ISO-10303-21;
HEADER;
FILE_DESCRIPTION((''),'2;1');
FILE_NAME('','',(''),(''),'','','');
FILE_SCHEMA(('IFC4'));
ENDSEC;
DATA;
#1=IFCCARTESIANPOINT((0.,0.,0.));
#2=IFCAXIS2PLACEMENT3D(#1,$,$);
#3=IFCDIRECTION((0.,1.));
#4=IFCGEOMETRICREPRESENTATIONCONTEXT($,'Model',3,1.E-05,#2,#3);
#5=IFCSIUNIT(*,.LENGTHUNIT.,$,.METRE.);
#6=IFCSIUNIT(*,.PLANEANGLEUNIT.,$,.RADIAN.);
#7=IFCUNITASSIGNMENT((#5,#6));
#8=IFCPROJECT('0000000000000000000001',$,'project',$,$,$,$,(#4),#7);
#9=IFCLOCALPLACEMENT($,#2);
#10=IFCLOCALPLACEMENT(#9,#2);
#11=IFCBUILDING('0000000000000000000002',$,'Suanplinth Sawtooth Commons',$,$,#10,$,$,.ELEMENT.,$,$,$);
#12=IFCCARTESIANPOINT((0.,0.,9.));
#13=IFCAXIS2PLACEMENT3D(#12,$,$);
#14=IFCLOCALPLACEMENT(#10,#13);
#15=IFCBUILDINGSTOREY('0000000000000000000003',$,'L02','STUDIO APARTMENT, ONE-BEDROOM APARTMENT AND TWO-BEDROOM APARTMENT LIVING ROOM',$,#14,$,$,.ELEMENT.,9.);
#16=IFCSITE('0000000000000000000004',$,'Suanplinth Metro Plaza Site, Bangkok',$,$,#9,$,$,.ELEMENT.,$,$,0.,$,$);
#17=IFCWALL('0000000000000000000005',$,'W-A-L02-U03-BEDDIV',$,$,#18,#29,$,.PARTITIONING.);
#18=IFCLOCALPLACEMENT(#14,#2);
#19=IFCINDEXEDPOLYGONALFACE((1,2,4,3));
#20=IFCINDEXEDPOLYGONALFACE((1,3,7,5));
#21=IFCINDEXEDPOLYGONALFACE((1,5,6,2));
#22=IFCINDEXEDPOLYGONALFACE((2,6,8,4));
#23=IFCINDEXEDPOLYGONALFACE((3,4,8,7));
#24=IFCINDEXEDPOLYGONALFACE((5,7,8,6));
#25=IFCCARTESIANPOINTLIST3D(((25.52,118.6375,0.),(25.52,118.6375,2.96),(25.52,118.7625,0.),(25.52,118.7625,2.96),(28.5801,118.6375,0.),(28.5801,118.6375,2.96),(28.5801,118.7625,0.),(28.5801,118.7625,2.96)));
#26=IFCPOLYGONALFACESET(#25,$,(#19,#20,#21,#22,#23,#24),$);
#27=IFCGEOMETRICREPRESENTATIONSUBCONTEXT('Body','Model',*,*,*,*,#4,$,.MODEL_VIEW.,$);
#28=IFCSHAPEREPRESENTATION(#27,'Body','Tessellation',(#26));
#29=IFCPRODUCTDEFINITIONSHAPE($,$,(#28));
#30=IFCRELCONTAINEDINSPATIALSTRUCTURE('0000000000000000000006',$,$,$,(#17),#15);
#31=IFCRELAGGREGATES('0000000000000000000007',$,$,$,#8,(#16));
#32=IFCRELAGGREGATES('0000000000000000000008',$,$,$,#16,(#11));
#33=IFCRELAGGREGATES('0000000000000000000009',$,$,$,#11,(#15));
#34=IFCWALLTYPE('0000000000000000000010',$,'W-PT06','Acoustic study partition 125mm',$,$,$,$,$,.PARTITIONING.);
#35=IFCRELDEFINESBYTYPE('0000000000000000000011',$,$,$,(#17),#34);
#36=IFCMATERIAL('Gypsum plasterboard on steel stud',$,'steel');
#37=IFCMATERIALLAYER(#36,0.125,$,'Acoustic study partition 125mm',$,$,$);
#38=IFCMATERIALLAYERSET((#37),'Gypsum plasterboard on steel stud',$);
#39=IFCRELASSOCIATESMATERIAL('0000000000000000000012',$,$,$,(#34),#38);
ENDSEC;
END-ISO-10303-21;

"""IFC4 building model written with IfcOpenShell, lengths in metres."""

from ifc_helpers import new_model, si_unit, direction, frame, frame_2d, origin, place, context, subcontext, project, spatial, rectangle, extrude, material, layer, layer_set, type_object, element, save


model = new_model("IFC4")

# Units and contexts
model_context = context("Model", 3, precision=1e-05, world=origin(), true_north=direction((0.0, 1.0)))
body_context = subcontext(model_context, "Body", "Model", "MODEL_VIEW")
ifc_project = project(units=[si_unit("LENGTHUNIT", "METRE"), si_unit("PLANEANGLEUNIT", "RADIAN")], contexts=[model_context])

# Site, building, storey
site_placement = place(None, origin())
site = spatial("IfcSite", under=ifc_project, at=site_placement, Name="Suanplinth Metro Plaza Site, Bangkok", CompositionType="ELEMENT", RefElevation=0.0)
building_placement = place(site_placement, origin())
building = spatial("IfcBuilding", under=site, at=building_placement, Name="Suanplinth Sawtooth Commons", CompositionType="ELEMENT")
storey_placement = place(building_placement, frame((0.0, 0.0, 9.0)))
storey = spatial("IfcBuildingStorey", under=building, at=storey_placement, Name="L02", Description="STUDIO APARTMENT, ONE-BEDROOM APARTMENT AND TWO-BEDROOM APARTMENT LIVING ROOM", CompositionType="ELEMENT", Elevation=9.0)

# Shared definitions
ifc_material_1 = material(Name="Gypsum plasterboard on steel stud", Category="steel")

# Wall
ifc_layer_1 = layer(ifc_material_1, 0.125, Name="Acoustic study partition 125mm")
ifc_layer_set_1 = layer_set([ifc_layer_1], Name="Gypsum plasterboard on steel stud")
wall_type_1 = type_object("IfcWallType", Name="W-PT06", Description="Acoustic study partition 125mm", PredefinedType="PARTITIONING", material=ifc_layer_set_1)
wall_1_placement = place(storey_placement, frame((25.52, 118.7, 0.0), z_axis=(0.0, 0.0, 1.0), x_axis=(1.0, 0.0, 0.0)))
element("IfcWall", 1, at=wall_1_placement, inside=storey, type_object=wall_type_1, Name="W-A-L02-U03-BEDDIV", PredefinedType="PARTITIONING", context=body_context, shape_type="SweptSolid", body=[
    extrude(rectangle(XDim=3.0601, YDim=0.125, at=frame_2d((1.53, 0.0))), origin(), (0.0, 0.0, 1.0), 2.96),
])

save(model, "model.ifc")
